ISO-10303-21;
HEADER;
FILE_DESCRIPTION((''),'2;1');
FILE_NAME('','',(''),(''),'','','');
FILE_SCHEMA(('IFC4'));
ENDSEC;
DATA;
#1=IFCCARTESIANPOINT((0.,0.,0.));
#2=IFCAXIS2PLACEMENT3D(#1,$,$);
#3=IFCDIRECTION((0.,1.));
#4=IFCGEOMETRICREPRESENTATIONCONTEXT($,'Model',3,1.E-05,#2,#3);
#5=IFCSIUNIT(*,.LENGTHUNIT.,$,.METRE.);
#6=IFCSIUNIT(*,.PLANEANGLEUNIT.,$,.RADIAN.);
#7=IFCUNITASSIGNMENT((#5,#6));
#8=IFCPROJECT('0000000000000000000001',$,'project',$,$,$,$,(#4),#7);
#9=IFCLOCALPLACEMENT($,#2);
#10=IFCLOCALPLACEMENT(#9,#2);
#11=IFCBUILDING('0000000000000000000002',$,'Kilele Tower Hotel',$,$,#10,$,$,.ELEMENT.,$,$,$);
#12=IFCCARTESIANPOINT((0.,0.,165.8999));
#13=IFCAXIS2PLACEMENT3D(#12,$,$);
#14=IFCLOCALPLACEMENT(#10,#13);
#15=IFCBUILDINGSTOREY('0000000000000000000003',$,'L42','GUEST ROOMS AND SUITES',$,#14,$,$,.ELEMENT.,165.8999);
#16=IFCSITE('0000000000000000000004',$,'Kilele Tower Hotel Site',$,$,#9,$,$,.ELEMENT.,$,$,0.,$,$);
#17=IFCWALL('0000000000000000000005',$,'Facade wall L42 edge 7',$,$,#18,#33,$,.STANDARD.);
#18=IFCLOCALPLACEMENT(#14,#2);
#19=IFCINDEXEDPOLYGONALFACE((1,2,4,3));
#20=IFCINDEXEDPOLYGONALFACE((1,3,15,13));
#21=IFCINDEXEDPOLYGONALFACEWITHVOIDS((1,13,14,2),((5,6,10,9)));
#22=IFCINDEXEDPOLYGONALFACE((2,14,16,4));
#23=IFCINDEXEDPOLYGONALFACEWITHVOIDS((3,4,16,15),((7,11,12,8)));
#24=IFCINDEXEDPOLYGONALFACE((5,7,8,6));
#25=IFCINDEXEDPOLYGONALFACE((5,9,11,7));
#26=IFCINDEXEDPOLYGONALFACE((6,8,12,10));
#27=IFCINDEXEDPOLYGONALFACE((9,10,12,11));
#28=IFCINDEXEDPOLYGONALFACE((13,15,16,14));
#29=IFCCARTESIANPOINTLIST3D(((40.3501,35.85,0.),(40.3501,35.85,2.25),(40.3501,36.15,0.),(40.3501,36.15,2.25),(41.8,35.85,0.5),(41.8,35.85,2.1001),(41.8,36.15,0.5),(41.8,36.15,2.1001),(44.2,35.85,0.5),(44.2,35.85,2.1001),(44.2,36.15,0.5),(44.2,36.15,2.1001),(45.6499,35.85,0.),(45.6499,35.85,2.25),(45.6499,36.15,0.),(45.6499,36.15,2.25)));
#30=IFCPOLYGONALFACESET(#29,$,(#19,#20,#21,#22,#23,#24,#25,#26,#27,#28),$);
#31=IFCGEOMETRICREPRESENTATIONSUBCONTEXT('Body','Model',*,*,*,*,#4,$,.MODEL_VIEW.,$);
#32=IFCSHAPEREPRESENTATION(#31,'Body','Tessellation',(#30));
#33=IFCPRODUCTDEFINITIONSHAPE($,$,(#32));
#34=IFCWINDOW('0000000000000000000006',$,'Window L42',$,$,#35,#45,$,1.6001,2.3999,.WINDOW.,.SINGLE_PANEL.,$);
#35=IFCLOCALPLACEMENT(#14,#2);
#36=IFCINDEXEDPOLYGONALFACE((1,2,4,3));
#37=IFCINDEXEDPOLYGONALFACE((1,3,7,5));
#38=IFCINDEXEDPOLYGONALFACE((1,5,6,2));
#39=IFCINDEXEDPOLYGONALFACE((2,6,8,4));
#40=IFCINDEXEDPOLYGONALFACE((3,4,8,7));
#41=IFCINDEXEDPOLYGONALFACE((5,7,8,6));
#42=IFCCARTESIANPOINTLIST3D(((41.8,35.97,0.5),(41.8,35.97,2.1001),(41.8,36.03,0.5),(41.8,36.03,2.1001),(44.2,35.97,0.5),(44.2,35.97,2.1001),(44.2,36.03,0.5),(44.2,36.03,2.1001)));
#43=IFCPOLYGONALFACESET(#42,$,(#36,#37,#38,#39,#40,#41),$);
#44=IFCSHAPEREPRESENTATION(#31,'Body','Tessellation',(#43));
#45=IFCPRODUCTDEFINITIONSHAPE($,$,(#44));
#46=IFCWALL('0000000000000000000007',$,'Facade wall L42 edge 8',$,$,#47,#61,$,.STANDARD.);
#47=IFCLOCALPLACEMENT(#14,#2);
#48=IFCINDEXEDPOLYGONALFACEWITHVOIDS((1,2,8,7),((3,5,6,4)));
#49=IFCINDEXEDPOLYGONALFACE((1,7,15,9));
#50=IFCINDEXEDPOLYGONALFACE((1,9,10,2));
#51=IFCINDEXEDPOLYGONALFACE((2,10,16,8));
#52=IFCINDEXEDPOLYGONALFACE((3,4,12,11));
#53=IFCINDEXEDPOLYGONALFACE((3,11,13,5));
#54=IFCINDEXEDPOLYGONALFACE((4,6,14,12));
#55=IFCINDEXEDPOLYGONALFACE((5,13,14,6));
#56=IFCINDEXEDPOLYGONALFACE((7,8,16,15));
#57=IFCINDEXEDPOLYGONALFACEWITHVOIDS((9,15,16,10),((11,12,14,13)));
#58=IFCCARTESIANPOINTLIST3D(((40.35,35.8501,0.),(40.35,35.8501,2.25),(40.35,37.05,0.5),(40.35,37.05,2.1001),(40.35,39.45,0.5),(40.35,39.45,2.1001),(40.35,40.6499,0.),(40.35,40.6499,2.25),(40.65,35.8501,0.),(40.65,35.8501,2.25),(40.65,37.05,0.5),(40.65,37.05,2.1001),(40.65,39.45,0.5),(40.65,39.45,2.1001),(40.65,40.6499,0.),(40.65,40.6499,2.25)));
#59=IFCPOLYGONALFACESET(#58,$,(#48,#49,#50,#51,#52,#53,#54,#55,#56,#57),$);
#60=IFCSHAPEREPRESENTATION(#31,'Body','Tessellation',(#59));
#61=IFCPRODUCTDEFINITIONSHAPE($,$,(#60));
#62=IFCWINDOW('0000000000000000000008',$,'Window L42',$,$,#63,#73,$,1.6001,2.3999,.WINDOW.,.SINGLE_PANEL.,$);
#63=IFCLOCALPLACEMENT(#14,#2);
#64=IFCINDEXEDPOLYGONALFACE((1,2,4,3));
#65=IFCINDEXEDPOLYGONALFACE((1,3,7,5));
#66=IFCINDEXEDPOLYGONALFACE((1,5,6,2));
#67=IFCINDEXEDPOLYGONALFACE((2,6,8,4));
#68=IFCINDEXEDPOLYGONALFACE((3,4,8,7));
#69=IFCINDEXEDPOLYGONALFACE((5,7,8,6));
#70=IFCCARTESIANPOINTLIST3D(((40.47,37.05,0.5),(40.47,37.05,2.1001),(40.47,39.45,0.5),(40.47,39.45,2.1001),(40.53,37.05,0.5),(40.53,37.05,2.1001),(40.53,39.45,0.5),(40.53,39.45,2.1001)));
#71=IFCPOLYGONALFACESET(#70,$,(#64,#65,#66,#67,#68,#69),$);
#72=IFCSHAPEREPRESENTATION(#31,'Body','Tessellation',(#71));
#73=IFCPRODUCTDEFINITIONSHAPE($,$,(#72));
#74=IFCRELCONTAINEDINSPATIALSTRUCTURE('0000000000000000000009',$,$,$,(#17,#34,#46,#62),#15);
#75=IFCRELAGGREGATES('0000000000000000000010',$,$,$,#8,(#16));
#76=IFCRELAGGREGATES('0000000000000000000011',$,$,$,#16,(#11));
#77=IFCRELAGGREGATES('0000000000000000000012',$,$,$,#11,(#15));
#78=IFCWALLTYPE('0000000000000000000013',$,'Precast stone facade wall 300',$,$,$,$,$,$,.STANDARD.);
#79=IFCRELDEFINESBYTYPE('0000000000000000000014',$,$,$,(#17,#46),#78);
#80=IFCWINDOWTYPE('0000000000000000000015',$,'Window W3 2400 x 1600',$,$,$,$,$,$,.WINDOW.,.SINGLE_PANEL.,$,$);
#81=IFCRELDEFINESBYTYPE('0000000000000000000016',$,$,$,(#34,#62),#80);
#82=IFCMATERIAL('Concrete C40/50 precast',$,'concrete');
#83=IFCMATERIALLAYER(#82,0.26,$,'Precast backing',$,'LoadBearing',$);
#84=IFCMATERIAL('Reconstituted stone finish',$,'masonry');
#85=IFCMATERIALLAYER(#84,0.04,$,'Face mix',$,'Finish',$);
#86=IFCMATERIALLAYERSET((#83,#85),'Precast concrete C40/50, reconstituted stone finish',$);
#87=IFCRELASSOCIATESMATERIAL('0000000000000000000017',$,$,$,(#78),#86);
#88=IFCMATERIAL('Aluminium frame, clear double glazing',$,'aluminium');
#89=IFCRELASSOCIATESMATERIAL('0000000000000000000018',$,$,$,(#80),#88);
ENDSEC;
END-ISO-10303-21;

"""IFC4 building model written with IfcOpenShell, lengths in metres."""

from ifc_helpers import new_model, si_unit, direction, frame, frame_2d, origin, place, context, subcontext, project, spatial, rectangle, extrude, material, layer, layer_set, type_object, element, fill, save


model = new_model("IFC4")

# Units and contexts
model_context = context("Model", 3, precision=1e-05, world=origin(), true_north=direction((0.0, 1.0)))
body_context = subcontext(model_context, "Body", "Model", "MODEL_VIEW")
ifc_project = project(units=[si_unit("LENGTHUNIT", "METRE"), si_unit("PLANEANGLEUNIT", "RADIAN")], contexts=[model_context])

# Site, building, storey
site_placement = place(None, origin())
site = spatial("IfcSite", under=ifc_project, at=site_placement, Name="Kilele Tower Hotel Site", CompositionType="ELEMENT", RefElevation=0.0)
building_placement = place(site_placement, origin())
building = spatial("IfcBuilding", under=site, at=building_placement, Name="Kilele Tower Hotel", CompositionType="ELEMENT")
storey_placement = place(building_placement, frame((0.0, 0.0, 165.8999)))
storey = spatial("IfcBuildingStorey", under=building, at=storey_placement, Name="L42", Description="GUEST ROOMS AND SUITES", CompositionType="ELEMENT", Elevation=165.8999)

# Walls, openings, windows
ifc_material_1 = material(Name="Concrete C40/50 precast", Category="concrete")
ifc_layer_1 = layer(ifc_material_1, 0.26, Name="Precast backing", Category="LoadBearing")
ifc_material_2 = material(Name="Reconstituted stone finish", Category="masonry")
ifc_layer_2 = layer(ifc_material_2, 0.04, Name="Face mix", Category="Finish")
ifc_layer_set_1 = layer_set([ifc_layer_1, ifc_layer_2], Name="Precast concrete C40/50, reconstituted stone finish")
wall_type_1 = type_object("IfcWallType", Name="Precast stone facade wall 300", PredefinedType="STANDARD", material=ifc_layer_set_1)
wall_1_placement = place(storey_placement, frame((45.6499, 36.0, 0.0), z_axis=(0.0, 0.0, 1.0), x_axis=(-1.0, 0.0, 0.0)))
wall_1 = element("IfcWall", 1, at=wall_1_placement, inside=storey, type_object=wall_type_1, Name="Facade wall L42 edge 7", PredefinedType="STANDARD", context=body_context, shape_type="SweptSolid", body=[
    extrude(rectangle(XDim=5.2998, YDim=0.3, at=frame_2d((2.6499, 0.0))), origin(), (0.0, 0.0, 1.0), 2.25),
])
opening_1_placement = place(wall_1_placement, frame((1.45, 0.0, 0.5)))
opening_1 = element("IfcOpeningElement", 2, at=opening_1_placement, cuts=wall_1, PredefinedType="OPENING", context=body_context, shape_type="SweptSolid", body=[
    extrude(rectangle(XDim=2.3999, YDim=1.6001, at=frame_2d((1.2, 0.8))), frame((0.0, 0.1599, 0.0), z_axis=(0.0, -1.0, 0.0), x_axis=(1.0, 0.0, 0.0)), (0.0, 0.0, 1.0), 0.3201),
])
ifc_material_3 = material(Name="Aluminium frame, clear double glazing", Category="aluminium")
window_type = type_object("IfcWindowType", Name="Window W3 2400 x 1600", PartitioningType="SINGLE_PANEL", PredefinedType="WINDOW", material=ifc_material_3)
window_1_placement = place(opening_1_placement, origin())
window_1 = element("IfcWindow", 3, at=window_1_placement, inside=storey, type_object=window_type, Name="Window L42", OverallHeight=1.6001, OverallWidth=2.3999, PartitioningType="SINGLE_PANEL", PredefinedType="WINDOW", context=body_context, shape_type="SweptSolid", body=[
    extrude(rectangle(XDim=2.3999, YDim=1.6001, at=frame_2d((1.2, 0.8))), frame((0.0, 0.03, 0.0), z_axis=(0.0, -1.0, 0.0), x_axis=(1.0, 0.0, 0.0)), (0.0, 0.0, 1.0), 0.0601),
])
fill(opening_1, window_1)
wall_2_placement = place(storey_placement, frame((40.5, 35.8501, 0.0), z_axis=(0.0, 0.0, 1.0), x_axis=(0.0, 1.0, 0.0)))
wall_2 = element("IfcWall", 4, at=wall_2_placement, inside=storey, type_object=wall_type_1, Name="Facade wall L42 edge 8", PredefinedType="STANDARD", context=body_context, shape_type="SweptSolid", body=[
    extrude(rectangle(XDim=4.7998, YDim=0.3, at=frame_2d((2.3999, 0.0))), origin(), (0.0, 0.0, 1.0), 2.25),
])
opening_2_placement = place(wall_2_placement, frame((1.2, 0.0, 0.5)))
opening_2 = element("IfcOpeningElement", 5, at=opening_2_placement, cuts=wall_2, PredefinedType="OPENING", context=body_context, shape_type="SweptSolid", body=[
    extrude(rectangle(XDim=2.3999, YDim=1.6001, at=frame_2d((1.2, 0.8))), frame((0.0, 0.1599, 0.0), z_axis=(0.0, -1.0, 0.0), x_axis=(1.0, 0.0, 0.0)), (0.0, 0.0, 1.0), 0.3201),
])
window_2_placement = place(opening_2_placement, origin())
window_2 = element("IfcWindow", 6, at=window_2_placement, inside=storey, type_object=window_type, Name="Window L42", OverallHeight=1.6001, OverallWidth=2.3999, PartitioningType="SINGLE_PANEL", PredefinedType="WINDOW", context=body_context, shape_type="SweptSolid", body=[
    extrude(rectangle(XDim=2.3999, YDim=1.6001, at=frame_2d((1.2, 0.8))), frame((0.0, 0.03, 0.0), z_axis=(0.0, -1.0, 0.0), x_axis=(1.0, 0.0, 0.0)), (0.0, 0.0, 1.0), 0.0601),
])
fill(opening_2, window_2)

save(model, "model.ifc")
